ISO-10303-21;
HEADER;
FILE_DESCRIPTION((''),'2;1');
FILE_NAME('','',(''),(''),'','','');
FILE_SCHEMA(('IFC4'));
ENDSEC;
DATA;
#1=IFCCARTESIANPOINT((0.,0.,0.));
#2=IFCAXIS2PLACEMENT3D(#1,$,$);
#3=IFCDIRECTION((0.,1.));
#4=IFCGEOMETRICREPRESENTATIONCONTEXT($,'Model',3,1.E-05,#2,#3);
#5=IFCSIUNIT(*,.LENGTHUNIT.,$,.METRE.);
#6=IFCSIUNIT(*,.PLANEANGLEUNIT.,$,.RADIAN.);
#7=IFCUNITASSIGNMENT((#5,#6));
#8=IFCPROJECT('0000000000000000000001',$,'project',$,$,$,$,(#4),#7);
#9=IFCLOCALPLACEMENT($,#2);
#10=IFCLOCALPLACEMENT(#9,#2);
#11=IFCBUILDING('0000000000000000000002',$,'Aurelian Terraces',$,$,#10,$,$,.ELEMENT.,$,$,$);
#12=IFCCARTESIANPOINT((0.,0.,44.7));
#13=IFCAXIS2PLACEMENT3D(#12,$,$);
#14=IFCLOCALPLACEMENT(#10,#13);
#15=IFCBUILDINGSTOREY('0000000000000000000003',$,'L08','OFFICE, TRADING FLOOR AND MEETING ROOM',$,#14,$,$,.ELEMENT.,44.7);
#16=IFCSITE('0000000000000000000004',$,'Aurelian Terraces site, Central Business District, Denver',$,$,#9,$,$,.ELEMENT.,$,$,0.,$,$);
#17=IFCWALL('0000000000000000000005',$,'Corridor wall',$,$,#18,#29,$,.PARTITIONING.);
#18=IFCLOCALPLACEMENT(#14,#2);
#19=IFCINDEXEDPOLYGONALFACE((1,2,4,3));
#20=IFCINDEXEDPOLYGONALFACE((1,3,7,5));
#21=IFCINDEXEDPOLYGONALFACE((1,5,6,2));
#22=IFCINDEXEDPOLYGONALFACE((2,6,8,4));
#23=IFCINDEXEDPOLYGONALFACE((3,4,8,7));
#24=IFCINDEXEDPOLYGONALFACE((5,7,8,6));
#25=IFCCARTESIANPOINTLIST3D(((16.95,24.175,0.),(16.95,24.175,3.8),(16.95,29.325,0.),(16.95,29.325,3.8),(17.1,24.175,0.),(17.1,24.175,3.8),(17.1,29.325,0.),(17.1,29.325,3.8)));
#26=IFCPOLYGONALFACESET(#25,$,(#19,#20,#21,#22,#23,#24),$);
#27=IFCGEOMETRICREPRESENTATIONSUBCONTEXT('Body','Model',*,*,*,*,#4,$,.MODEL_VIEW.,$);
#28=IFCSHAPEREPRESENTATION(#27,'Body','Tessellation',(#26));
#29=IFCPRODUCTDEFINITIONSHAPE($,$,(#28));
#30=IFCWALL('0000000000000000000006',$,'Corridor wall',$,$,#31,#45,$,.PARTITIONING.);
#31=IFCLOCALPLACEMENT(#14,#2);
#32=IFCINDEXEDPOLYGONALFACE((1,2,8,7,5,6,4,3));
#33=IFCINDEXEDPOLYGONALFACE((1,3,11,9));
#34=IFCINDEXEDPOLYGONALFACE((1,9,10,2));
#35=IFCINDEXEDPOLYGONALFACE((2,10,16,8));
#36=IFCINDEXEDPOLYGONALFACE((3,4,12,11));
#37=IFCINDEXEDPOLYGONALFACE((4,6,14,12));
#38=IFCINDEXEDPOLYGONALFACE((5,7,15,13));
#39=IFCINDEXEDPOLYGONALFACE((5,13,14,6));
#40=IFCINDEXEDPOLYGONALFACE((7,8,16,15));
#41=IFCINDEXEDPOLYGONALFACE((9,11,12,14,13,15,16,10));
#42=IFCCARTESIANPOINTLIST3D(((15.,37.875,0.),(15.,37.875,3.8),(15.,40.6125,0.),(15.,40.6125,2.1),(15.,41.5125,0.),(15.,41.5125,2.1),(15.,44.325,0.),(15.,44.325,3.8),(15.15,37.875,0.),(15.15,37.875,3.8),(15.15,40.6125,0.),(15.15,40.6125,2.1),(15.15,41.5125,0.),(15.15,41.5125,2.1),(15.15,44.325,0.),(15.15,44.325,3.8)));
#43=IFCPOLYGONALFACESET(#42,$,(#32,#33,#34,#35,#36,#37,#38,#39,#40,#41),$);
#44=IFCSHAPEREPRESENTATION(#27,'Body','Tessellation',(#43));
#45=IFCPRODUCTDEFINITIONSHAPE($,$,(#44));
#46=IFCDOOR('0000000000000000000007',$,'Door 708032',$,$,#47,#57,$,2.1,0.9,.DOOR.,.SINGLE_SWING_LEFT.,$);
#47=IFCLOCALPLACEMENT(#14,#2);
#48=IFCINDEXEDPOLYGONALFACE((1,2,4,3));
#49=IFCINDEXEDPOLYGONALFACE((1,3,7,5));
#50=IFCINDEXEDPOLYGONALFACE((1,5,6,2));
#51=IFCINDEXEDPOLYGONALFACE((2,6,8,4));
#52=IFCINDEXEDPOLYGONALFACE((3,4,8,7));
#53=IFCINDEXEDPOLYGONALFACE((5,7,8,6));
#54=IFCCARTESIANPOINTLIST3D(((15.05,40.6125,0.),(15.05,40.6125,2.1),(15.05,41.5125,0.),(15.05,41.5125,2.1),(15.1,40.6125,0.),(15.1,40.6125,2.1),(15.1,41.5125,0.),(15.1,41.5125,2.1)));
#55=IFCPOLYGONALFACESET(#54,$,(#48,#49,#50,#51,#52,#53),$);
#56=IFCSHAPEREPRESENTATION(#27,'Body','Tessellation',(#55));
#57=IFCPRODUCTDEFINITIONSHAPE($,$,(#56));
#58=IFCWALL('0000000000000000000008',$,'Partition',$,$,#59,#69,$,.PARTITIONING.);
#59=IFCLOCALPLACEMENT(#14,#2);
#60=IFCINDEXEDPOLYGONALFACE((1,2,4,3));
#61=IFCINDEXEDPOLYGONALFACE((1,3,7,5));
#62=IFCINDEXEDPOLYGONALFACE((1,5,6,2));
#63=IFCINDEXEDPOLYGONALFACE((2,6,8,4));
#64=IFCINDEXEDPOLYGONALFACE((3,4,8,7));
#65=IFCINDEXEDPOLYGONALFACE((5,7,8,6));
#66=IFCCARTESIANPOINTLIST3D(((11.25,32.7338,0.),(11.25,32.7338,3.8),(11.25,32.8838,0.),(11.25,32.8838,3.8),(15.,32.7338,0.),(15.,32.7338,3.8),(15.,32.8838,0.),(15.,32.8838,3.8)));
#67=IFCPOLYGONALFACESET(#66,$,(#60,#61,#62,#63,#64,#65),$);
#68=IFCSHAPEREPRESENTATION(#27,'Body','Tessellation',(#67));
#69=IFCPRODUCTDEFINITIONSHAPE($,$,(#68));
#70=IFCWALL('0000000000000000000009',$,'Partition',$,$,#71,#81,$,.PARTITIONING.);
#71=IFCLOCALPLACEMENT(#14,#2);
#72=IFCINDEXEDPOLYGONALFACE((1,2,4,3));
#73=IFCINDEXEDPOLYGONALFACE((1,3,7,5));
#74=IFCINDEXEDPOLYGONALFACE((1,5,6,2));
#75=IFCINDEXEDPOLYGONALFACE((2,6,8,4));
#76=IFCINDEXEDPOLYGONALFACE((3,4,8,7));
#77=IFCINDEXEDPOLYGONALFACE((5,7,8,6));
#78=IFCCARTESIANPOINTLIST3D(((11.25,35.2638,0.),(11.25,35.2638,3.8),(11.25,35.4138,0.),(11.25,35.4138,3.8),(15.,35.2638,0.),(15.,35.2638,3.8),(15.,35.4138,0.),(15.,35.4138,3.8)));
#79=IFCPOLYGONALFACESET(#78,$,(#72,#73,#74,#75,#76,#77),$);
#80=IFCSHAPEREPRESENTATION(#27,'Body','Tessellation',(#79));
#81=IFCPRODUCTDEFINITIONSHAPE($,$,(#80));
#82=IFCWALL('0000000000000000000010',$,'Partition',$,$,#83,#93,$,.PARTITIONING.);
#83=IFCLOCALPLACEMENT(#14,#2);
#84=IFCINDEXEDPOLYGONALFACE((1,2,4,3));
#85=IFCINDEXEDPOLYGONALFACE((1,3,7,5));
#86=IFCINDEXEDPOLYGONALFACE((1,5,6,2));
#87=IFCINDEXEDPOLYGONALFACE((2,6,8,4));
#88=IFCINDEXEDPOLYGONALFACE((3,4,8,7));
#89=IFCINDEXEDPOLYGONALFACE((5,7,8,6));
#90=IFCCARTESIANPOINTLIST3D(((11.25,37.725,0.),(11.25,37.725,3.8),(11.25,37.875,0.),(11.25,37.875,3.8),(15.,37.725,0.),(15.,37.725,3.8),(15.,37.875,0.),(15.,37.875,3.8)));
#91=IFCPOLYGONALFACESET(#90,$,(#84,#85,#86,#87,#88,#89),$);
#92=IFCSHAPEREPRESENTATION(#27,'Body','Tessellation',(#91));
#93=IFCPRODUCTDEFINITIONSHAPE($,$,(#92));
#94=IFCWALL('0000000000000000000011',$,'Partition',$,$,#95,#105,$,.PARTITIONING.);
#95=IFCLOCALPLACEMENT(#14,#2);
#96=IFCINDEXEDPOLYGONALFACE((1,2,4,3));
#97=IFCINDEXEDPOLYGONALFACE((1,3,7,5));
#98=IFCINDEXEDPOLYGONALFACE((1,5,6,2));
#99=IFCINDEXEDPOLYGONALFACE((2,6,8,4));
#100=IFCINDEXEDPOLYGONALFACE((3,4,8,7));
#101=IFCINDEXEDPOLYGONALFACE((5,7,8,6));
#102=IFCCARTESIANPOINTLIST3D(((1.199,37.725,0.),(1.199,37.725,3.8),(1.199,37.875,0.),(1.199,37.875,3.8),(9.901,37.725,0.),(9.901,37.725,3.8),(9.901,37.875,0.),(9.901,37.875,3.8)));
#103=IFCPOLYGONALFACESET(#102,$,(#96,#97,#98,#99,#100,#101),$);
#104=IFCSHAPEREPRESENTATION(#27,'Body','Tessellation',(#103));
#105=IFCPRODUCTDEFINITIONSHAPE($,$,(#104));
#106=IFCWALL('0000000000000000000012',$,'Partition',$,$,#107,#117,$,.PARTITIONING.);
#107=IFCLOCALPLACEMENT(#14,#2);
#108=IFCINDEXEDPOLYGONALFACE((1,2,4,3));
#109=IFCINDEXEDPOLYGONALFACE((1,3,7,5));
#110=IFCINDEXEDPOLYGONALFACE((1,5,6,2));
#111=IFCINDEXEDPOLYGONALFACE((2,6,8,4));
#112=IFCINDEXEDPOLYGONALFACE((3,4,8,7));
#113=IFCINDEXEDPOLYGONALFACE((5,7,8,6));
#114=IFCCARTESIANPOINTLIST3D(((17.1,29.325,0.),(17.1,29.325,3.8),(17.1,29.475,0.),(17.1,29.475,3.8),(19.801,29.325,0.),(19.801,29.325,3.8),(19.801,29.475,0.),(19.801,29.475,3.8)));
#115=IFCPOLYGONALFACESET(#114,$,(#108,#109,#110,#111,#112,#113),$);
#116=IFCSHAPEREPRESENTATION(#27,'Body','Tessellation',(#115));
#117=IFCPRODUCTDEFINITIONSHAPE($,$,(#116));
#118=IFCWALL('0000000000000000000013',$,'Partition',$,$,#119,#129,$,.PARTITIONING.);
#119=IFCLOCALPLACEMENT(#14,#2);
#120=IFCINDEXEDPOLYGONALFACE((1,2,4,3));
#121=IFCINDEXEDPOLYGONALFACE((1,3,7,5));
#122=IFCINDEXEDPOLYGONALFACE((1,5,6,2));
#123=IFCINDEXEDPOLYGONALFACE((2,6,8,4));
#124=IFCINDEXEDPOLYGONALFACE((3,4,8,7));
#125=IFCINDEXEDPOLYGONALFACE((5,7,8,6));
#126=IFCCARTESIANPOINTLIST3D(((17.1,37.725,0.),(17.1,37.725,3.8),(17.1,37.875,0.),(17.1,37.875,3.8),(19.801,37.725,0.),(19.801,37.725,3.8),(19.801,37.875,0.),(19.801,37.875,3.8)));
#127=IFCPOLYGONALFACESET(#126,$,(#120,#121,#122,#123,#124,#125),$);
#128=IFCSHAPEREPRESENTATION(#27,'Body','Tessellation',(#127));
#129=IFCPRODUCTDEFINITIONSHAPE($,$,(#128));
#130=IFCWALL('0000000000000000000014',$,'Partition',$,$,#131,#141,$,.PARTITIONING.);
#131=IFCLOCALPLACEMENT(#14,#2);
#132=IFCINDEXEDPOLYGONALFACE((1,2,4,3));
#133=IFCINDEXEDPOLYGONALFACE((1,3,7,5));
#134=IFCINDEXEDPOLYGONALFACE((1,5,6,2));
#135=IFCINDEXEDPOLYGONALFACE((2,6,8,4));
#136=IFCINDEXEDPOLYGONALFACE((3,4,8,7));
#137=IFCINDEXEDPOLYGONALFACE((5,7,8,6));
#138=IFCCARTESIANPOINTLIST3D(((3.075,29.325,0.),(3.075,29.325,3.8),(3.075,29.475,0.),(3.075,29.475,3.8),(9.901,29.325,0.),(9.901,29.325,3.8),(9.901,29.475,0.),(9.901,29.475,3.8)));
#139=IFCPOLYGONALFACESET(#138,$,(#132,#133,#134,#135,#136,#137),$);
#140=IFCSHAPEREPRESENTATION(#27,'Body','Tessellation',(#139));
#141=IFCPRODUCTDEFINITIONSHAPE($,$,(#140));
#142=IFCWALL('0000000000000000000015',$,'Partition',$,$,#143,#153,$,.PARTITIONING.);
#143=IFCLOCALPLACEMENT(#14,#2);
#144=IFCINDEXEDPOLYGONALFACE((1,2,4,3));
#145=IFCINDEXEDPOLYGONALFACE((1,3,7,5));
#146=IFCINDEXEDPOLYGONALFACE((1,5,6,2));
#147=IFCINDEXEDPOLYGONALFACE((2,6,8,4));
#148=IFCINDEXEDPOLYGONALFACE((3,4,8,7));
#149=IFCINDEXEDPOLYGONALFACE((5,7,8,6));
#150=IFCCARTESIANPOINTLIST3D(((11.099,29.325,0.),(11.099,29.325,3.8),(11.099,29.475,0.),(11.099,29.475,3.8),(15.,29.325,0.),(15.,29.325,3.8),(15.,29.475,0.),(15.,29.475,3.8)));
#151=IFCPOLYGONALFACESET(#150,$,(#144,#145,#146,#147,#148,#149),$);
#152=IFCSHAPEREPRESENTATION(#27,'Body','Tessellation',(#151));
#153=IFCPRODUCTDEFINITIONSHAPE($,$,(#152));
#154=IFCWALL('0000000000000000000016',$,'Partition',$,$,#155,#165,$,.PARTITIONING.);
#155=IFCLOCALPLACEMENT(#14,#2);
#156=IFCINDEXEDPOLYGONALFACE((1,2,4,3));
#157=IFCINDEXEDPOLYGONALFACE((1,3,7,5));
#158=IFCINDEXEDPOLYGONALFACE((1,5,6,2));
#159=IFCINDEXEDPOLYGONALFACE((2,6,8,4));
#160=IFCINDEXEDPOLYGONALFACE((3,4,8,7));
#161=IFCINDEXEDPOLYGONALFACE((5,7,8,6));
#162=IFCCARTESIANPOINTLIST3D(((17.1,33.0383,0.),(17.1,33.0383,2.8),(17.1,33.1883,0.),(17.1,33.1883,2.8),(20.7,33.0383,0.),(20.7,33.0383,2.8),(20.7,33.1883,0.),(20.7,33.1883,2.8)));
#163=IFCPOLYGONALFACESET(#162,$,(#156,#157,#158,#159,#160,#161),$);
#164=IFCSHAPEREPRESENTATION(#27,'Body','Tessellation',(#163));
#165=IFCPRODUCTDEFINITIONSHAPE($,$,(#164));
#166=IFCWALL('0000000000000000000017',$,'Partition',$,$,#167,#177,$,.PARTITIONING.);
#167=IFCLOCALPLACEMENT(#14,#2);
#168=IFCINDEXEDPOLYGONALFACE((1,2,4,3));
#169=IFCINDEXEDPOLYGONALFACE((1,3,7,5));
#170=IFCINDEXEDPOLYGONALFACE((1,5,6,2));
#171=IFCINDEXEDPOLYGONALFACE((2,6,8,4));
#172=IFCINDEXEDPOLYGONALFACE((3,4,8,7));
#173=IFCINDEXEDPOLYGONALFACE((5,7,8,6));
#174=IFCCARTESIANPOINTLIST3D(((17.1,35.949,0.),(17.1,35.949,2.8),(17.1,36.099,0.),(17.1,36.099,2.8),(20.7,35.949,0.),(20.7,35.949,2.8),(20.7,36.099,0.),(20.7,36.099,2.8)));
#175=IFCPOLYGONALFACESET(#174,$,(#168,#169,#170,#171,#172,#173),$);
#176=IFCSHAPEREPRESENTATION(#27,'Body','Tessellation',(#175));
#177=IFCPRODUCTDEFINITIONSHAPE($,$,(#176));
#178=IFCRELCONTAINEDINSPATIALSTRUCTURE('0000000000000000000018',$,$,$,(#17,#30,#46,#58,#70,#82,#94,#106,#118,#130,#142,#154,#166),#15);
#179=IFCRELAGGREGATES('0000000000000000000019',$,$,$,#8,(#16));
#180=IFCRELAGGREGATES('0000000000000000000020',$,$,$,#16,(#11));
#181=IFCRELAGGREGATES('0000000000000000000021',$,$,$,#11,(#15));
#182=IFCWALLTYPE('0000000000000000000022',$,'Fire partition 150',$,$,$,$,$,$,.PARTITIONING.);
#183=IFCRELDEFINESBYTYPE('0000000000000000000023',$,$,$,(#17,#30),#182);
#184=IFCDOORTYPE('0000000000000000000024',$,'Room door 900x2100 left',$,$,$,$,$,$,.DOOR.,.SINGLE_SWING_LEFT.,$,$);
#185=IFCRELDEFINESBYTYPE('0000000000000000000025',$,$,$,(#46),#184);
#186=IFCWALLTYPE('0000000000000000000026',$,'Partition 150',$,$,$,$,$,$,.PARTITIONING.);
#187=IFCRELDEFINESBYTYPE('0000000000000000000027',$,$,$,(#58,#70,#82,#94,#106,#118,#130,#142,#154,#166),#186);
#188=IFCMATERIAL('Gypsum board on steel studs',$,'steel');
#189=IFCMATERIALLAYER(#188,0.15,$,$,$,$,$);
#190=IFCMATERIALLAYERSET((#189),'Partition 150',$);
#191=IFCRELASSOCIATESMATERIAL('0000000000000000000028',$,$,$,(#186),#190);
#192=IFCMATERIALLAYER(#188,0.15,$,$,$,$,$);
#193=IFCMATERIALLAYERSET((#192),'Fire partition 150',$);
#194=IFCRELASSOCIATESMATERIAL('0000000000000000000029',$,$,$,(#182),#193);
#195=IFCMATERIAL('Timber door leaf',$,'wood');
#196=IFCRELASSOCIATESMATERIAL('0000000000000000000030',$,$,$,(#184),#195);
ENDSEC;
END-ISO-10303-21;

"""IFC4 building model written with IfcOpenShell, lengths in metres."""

from ifc_helpers import new_model, si_unit, direction, frame, frame_2d, origin, place, context, subcontext, project, spatial, rectangle, extrude, source, transform, mapped, material, layer, layer_set, type_object, element, fill, save


model = new_model("IFC4")

# Units and contexts
model_context = context("Model", 3, precision=1e-05, world=origin(), true_north=direction((0.0, 1.0)))
body_context = subcontext(model_context, "Body", "Model", "MODEL_VIEW")
ifc_project = project(units=[si_unit("LENGTHUNIT", "METRE"), si_unit("PLANEANGLEUNIT", "RADIAN")], contexts=[model_context])

# Site, building, storey
site_placement = place(None, origin())
site = spatial("IfcSite", under=ifc_project, at=site_placement, Name="Aurelian Terraces site, Central Business District, Denver", CompositionType="ELEMENT", RefElevation=0.0)
building_placement = place(site_placement, origin())
building = spatial("IfcBuilding", under=site, at=building_placement, Name="Aurelian Terraces", CompositionType="ELEMENT")
storey_placement = place(building_placement, frame((0.0, 0.0, 44.7)))
storey = spatial("IfcBuildingStorey", under=building, at=storey_placement, Name="L08", Description="OFFICE, TRADING FLOOR AND MEETING ROOM", CompositionType="ELEMENT", Elevation=44.7)

# Shared definitions
ifc_material_1 = material(Name="Gypsum board on steel studs", Category="steel")
ifc_layer_1 = layer(ifc_material_1, 0.15)
ifc_layer_set_1 = layer_set([ifc_layer_1], Name="Partition 150")
wall_type_1 = type_object("IfcWallType", Name="Partition 150", PredefinedType="PARTITIONING", material=ifc_layer_set_1)
ifc_material_2 = material(Name="Timber door leaf", Category="wood")

# Shared definitions
shared_shape_1 = source(origin(), body_context, "Body", "SweptSolid", [
    extrude(rectangle(XDim=0.9, YDim=2.1, at=frame_2d((0.45, 1.05))), frame((0.0, 0.025, 0.0), z_axis=(0.0, -1.0, 0.0), x_axis=(1.0, 0.0, 0.0)), (0.0, 0.0, 1.0), 0.05),
])

# Wall
ifc_layer_2 = layer(ifc_material_1, 0.15)
ifc_layer_set_2 = layer_set([ifc_layer_2], Name="Fire partition 150")
wall_type_2 = type_object("IfcWallType", Name="Fire partition 150", PredefinedType="PARTITIONING", material=ifc_layer_set_2)
shared_shape_2 = source(origin(), body_context, "Body", "SweptSolid", [
    extrude(rectangle(XDim=5.15, YDim=0.15, at=frame_2d((2.575, 0.0))), origin(), (0.0, 0.0, 1.0), 3.8),
])
wall_1_placement = place(storey_placement, frame((17.025, 29.325, 0.0), z_axis=(0.0, 0.0, 1.0), x_axis=(0.0, -1.0, 0.0)))
element("IfcWall", 1, at=wall_1_placement, inside=storey, type_object=wall_type_2, Name="Corridor wall", PredefinedType="PARTITIONING", context=body_context, shape_type="MappedRepresentation", body=[
    mapped(shared_shape_2, transform((0.0, 0.0, 0.0), scale=1.0)),
])

# Wall, opening, door
shared_shape_3 = source(origin(), body_context, "Body", "SweptSolid", [
    extrude(rectangle(XDim=6.45, YDim=0.15, at=frame_2d((3.225, 0.0))), origin(), (0.0, 0.0, 1.0), 3.8),
])
wall_2_placement = place(storey_placement, frame((15.075, 37.875, 0.0), z_axis=(0.0, 0.0, 1.0), x_axis=(0.0, 1.0, 0.0)))
wall_2 = element("IfcWall", 2, at=wall_2_placement, inside=storey, type_object=wall_type_2, Name="Corridor wall", PredefinedType="PARTITIONING", context=body_context, shape_type="MappedRepresentation", body=[
    mapped(shared_shape_3, transform((0.0, 0.0, 0.0), scale=1.0)),
])
shared_shape_4 = source(origin(), body_context, "Body", "SweptSolid", [
    extrude(rectangle(XDim=0.9, YDim=2.1, at=frame_2d((0.45, 1.05))), frame((0.0, 0.085, 0.0), z_axis=(0.0, -1.0, 0.0), x_axis=(1.0, 0.0, 0.0)), (0.0, 0.0, 1.0), 0.17),
])
opening_1_placement = place(wall_2_placement, frame((2.7375, 0.0, 0.0)))
opening_1 = element("IfcOpeningElement", 3, at=opening_1_placement, cuts=wall_2, PredefinedType="OPENING", context=body_context, shape_type="MappedRepresentation", body=[
    mapped(shared_shape_4, transform((0.0, 0.0, 0.0), scale=1.0)),
])
door_type_1 = type_object("IfcDoorType", Name="Room door 900x2100 left", OperationType="SINGLE_SWING_LEFT", PredefinedType="DOOR", material=ifc_material_2)
door_1_placement = place(opening_1_placement, origin())
door_1 = element("IfcDoor", 4, at=door_1_placement, inside=storey, type_object=door_type_1, Name="Door 708032", OperationType="SINGLE_SWING_LEFT", OverallHeight=2.1, OverallWidth=0.9, PredefinedType="DOOR", context=body_context, shape_type="MappedRepresentation", body=[
    mapped(shared_shape_1, transform((0.0, 0.0, 0.0), scale=1.0)),
])
fill(opening_1, door_1)

# Walls
shared_shape_5 = source(origin(), body_context, "Body", "SweptSolid", [
    extrude(rectangle(XDim=3.75, YDim=0.15, at=frame_2d((1.875, 0.0))), origin(), (0.0, 0.0, 1.0), 3.8),
])
for number, where, z_axis, x_axis, name in (
    (5, (15.0, 32.8088, 0.0), (0.0, 0.0, 1.0), (-1.0, 0.0, 0.0), "Partition"),
    (6, (15.0, 35.3388, 0.0), (0.0, 0.0, 1.0), (-1.0, 0.0, 0.0), "Partition"),
    (7, (15.0, 37.8, 0.0), (0.0, 0.0, 1.0), (-1.0, 0.0, 0.0), "Partition"),
):
    element("IfcWall", number, at=place(storey_placement, frame(where, z_axis=z_axis, x_axis=x_axis)), inside=storey, type_object=wall_type_1, Name=name, PredefinedType="PARTITIONING", context=body_context, shape_type="MappedRepresentation", body=[
        mapped(shared_shape_5, transform((0.0, 0.0, 0.0), scale=1.0)),
    ])
shared_shape_6 = source(origin(), body_context, "Body", "SweptSolid", [
    extrude(rectangle(XDim=8.702, YDim=0.15, at=frame_2d((4.351, 0.0))), origin(), (0.0, 0.0, 1.0), 3.8),
])
wall_3_placement = place(storey_placement, frame((9.901, 37.8, 0.0), z_axis=(0.0, 0.0, 1.0), x_axis=(-1.0, 0.0, 0.0)))
element("IfcWall", 8, at=wall_3_placement, inside=storey, type_object=wall_type_1, Name="Partition", PredefinedType="PARTITIONING", context=body_context, shape_type="MappedRepresentation", body=[
    mapped(shared_shape_6, transform((0.0, 0.0, 0.0), scale=1.0)),
])
shared_shape_7 = source(origin(), body_context, "Body", "SweptSolid", [
    extrude(rectangle(XDim=2.701, YDim=0.15, at=frame_2d((1.3505, 0.0))), origin(), (0.0, 0.0, 1.0), 3.8),
])
for number, where, z_axis, x_axis, name in (
    (9, (19.801, 29.4, 0.0), (0.0, 0.0, 1.0), (-1.0, 0.0, 0.0), "Partition"),
    (10, (19.801, 37.8, 0.0), (0.0, 0.0, 1.0), (-1.0, 0.0, 0.0), "Partition"),
):
    element("IfcWall", number, at=place(storey_placement, frame(where, z_axis=z_axis, x_axis=x_axis)), inside=storey, type_object=wall_type_1, Name=name, PredefinedType="PARTITIONING", context=body_context, shape_type="MappedRepresentation", body=[
        mapped(shared_shape_7, transform((0.0, 0.0, 0.0), scale=1.0)),
    ])
shared_shape_8 = source(origin(), body_context, "Body", "SweptSolid", [
    extrude(rectangle(XDim=6.826, YDim=0.15, at=frame_2d((3.413, 0.0))), origin(), (0.0, 0.0, 1.0), 3.8),
])
wall_4_placement = place(storey_placement, frame((9.901, 29.4, 0.0), z_axis=(0.0, 0.0, 1.0), x_axis=(-1.0, 0.0, 0.0)))
element("IfcWall", 11, at=wall_4_placement, inside=storey, type_object=wall_type_1, Name="Partition", PredefinedType="PARTITIONING", context=body_context, shape_type="MappedRepresentation", body=[
    mapped(shared_shape_8, transform((0.0, 0.0, 0.0), scale=1.0)),
])
shared_shape_9 = source(origin(), body_context, "Body", "SweptSolid", [
    extrude(rectangle(XDim=3.901, YDim=0.15, at=frame_2d((1.9505, 0.0))), origin(), (0.0, 0.0, 1.0), 3.8),
])
wall_5_placement = place(storey_placement, frame((15.0, 29.4, 0.0), z_axis=(0.0, 0.0, 1.0), x_axis=(-1.0, 0.0, 0.0)))
element("IfcWall", 12, at=wall_5_placement, inside=storey, type_object=wall_type_1, Name="Partition", PredefinedType="PARTITIONING", context=body_context, shape_type="MappedRepresentation", body=[
    mapped(shared_shape_9, transform((0.0, 0.0, 0.0), scale=1.0)),
])
shared_shape_10 = source(origin(), body_context, "Body", "SweptSolid", [
    extrude(rectangle(XDim=3.6, YDim=0.15, at=frame_2d((1.8, 0.0))), origin(), (0.0, 0.0, 1.0), 2.8),
])
for number, where, z_axis, x_axis, name in (
    (13, (17.1, 33.1133, 0.0), (0.0, 0.0, 1.0), (1.0, 0.0, 0.0), "Partition"),
    (14, (17.1, 36.024, 0.0), (0.0, 0.0, 1.0), (1.0, 0.0, 0.0), "Partition"),
):
    element("IfcWall", number, at=place(storey_placement, frame(where, z_axis=z_axis, x_axis=x_axis)), inside=storey, type_object=wall_type_1, Name=name, PredefinedType="PARTITIONING", context=body_context, shape_type="MappedRepresentation", body=[
        mapped(shared_shape_10, transform((0.0, 0.0, 0.0), scale=1.0)),
    ])

save(model, "model.ifc")
